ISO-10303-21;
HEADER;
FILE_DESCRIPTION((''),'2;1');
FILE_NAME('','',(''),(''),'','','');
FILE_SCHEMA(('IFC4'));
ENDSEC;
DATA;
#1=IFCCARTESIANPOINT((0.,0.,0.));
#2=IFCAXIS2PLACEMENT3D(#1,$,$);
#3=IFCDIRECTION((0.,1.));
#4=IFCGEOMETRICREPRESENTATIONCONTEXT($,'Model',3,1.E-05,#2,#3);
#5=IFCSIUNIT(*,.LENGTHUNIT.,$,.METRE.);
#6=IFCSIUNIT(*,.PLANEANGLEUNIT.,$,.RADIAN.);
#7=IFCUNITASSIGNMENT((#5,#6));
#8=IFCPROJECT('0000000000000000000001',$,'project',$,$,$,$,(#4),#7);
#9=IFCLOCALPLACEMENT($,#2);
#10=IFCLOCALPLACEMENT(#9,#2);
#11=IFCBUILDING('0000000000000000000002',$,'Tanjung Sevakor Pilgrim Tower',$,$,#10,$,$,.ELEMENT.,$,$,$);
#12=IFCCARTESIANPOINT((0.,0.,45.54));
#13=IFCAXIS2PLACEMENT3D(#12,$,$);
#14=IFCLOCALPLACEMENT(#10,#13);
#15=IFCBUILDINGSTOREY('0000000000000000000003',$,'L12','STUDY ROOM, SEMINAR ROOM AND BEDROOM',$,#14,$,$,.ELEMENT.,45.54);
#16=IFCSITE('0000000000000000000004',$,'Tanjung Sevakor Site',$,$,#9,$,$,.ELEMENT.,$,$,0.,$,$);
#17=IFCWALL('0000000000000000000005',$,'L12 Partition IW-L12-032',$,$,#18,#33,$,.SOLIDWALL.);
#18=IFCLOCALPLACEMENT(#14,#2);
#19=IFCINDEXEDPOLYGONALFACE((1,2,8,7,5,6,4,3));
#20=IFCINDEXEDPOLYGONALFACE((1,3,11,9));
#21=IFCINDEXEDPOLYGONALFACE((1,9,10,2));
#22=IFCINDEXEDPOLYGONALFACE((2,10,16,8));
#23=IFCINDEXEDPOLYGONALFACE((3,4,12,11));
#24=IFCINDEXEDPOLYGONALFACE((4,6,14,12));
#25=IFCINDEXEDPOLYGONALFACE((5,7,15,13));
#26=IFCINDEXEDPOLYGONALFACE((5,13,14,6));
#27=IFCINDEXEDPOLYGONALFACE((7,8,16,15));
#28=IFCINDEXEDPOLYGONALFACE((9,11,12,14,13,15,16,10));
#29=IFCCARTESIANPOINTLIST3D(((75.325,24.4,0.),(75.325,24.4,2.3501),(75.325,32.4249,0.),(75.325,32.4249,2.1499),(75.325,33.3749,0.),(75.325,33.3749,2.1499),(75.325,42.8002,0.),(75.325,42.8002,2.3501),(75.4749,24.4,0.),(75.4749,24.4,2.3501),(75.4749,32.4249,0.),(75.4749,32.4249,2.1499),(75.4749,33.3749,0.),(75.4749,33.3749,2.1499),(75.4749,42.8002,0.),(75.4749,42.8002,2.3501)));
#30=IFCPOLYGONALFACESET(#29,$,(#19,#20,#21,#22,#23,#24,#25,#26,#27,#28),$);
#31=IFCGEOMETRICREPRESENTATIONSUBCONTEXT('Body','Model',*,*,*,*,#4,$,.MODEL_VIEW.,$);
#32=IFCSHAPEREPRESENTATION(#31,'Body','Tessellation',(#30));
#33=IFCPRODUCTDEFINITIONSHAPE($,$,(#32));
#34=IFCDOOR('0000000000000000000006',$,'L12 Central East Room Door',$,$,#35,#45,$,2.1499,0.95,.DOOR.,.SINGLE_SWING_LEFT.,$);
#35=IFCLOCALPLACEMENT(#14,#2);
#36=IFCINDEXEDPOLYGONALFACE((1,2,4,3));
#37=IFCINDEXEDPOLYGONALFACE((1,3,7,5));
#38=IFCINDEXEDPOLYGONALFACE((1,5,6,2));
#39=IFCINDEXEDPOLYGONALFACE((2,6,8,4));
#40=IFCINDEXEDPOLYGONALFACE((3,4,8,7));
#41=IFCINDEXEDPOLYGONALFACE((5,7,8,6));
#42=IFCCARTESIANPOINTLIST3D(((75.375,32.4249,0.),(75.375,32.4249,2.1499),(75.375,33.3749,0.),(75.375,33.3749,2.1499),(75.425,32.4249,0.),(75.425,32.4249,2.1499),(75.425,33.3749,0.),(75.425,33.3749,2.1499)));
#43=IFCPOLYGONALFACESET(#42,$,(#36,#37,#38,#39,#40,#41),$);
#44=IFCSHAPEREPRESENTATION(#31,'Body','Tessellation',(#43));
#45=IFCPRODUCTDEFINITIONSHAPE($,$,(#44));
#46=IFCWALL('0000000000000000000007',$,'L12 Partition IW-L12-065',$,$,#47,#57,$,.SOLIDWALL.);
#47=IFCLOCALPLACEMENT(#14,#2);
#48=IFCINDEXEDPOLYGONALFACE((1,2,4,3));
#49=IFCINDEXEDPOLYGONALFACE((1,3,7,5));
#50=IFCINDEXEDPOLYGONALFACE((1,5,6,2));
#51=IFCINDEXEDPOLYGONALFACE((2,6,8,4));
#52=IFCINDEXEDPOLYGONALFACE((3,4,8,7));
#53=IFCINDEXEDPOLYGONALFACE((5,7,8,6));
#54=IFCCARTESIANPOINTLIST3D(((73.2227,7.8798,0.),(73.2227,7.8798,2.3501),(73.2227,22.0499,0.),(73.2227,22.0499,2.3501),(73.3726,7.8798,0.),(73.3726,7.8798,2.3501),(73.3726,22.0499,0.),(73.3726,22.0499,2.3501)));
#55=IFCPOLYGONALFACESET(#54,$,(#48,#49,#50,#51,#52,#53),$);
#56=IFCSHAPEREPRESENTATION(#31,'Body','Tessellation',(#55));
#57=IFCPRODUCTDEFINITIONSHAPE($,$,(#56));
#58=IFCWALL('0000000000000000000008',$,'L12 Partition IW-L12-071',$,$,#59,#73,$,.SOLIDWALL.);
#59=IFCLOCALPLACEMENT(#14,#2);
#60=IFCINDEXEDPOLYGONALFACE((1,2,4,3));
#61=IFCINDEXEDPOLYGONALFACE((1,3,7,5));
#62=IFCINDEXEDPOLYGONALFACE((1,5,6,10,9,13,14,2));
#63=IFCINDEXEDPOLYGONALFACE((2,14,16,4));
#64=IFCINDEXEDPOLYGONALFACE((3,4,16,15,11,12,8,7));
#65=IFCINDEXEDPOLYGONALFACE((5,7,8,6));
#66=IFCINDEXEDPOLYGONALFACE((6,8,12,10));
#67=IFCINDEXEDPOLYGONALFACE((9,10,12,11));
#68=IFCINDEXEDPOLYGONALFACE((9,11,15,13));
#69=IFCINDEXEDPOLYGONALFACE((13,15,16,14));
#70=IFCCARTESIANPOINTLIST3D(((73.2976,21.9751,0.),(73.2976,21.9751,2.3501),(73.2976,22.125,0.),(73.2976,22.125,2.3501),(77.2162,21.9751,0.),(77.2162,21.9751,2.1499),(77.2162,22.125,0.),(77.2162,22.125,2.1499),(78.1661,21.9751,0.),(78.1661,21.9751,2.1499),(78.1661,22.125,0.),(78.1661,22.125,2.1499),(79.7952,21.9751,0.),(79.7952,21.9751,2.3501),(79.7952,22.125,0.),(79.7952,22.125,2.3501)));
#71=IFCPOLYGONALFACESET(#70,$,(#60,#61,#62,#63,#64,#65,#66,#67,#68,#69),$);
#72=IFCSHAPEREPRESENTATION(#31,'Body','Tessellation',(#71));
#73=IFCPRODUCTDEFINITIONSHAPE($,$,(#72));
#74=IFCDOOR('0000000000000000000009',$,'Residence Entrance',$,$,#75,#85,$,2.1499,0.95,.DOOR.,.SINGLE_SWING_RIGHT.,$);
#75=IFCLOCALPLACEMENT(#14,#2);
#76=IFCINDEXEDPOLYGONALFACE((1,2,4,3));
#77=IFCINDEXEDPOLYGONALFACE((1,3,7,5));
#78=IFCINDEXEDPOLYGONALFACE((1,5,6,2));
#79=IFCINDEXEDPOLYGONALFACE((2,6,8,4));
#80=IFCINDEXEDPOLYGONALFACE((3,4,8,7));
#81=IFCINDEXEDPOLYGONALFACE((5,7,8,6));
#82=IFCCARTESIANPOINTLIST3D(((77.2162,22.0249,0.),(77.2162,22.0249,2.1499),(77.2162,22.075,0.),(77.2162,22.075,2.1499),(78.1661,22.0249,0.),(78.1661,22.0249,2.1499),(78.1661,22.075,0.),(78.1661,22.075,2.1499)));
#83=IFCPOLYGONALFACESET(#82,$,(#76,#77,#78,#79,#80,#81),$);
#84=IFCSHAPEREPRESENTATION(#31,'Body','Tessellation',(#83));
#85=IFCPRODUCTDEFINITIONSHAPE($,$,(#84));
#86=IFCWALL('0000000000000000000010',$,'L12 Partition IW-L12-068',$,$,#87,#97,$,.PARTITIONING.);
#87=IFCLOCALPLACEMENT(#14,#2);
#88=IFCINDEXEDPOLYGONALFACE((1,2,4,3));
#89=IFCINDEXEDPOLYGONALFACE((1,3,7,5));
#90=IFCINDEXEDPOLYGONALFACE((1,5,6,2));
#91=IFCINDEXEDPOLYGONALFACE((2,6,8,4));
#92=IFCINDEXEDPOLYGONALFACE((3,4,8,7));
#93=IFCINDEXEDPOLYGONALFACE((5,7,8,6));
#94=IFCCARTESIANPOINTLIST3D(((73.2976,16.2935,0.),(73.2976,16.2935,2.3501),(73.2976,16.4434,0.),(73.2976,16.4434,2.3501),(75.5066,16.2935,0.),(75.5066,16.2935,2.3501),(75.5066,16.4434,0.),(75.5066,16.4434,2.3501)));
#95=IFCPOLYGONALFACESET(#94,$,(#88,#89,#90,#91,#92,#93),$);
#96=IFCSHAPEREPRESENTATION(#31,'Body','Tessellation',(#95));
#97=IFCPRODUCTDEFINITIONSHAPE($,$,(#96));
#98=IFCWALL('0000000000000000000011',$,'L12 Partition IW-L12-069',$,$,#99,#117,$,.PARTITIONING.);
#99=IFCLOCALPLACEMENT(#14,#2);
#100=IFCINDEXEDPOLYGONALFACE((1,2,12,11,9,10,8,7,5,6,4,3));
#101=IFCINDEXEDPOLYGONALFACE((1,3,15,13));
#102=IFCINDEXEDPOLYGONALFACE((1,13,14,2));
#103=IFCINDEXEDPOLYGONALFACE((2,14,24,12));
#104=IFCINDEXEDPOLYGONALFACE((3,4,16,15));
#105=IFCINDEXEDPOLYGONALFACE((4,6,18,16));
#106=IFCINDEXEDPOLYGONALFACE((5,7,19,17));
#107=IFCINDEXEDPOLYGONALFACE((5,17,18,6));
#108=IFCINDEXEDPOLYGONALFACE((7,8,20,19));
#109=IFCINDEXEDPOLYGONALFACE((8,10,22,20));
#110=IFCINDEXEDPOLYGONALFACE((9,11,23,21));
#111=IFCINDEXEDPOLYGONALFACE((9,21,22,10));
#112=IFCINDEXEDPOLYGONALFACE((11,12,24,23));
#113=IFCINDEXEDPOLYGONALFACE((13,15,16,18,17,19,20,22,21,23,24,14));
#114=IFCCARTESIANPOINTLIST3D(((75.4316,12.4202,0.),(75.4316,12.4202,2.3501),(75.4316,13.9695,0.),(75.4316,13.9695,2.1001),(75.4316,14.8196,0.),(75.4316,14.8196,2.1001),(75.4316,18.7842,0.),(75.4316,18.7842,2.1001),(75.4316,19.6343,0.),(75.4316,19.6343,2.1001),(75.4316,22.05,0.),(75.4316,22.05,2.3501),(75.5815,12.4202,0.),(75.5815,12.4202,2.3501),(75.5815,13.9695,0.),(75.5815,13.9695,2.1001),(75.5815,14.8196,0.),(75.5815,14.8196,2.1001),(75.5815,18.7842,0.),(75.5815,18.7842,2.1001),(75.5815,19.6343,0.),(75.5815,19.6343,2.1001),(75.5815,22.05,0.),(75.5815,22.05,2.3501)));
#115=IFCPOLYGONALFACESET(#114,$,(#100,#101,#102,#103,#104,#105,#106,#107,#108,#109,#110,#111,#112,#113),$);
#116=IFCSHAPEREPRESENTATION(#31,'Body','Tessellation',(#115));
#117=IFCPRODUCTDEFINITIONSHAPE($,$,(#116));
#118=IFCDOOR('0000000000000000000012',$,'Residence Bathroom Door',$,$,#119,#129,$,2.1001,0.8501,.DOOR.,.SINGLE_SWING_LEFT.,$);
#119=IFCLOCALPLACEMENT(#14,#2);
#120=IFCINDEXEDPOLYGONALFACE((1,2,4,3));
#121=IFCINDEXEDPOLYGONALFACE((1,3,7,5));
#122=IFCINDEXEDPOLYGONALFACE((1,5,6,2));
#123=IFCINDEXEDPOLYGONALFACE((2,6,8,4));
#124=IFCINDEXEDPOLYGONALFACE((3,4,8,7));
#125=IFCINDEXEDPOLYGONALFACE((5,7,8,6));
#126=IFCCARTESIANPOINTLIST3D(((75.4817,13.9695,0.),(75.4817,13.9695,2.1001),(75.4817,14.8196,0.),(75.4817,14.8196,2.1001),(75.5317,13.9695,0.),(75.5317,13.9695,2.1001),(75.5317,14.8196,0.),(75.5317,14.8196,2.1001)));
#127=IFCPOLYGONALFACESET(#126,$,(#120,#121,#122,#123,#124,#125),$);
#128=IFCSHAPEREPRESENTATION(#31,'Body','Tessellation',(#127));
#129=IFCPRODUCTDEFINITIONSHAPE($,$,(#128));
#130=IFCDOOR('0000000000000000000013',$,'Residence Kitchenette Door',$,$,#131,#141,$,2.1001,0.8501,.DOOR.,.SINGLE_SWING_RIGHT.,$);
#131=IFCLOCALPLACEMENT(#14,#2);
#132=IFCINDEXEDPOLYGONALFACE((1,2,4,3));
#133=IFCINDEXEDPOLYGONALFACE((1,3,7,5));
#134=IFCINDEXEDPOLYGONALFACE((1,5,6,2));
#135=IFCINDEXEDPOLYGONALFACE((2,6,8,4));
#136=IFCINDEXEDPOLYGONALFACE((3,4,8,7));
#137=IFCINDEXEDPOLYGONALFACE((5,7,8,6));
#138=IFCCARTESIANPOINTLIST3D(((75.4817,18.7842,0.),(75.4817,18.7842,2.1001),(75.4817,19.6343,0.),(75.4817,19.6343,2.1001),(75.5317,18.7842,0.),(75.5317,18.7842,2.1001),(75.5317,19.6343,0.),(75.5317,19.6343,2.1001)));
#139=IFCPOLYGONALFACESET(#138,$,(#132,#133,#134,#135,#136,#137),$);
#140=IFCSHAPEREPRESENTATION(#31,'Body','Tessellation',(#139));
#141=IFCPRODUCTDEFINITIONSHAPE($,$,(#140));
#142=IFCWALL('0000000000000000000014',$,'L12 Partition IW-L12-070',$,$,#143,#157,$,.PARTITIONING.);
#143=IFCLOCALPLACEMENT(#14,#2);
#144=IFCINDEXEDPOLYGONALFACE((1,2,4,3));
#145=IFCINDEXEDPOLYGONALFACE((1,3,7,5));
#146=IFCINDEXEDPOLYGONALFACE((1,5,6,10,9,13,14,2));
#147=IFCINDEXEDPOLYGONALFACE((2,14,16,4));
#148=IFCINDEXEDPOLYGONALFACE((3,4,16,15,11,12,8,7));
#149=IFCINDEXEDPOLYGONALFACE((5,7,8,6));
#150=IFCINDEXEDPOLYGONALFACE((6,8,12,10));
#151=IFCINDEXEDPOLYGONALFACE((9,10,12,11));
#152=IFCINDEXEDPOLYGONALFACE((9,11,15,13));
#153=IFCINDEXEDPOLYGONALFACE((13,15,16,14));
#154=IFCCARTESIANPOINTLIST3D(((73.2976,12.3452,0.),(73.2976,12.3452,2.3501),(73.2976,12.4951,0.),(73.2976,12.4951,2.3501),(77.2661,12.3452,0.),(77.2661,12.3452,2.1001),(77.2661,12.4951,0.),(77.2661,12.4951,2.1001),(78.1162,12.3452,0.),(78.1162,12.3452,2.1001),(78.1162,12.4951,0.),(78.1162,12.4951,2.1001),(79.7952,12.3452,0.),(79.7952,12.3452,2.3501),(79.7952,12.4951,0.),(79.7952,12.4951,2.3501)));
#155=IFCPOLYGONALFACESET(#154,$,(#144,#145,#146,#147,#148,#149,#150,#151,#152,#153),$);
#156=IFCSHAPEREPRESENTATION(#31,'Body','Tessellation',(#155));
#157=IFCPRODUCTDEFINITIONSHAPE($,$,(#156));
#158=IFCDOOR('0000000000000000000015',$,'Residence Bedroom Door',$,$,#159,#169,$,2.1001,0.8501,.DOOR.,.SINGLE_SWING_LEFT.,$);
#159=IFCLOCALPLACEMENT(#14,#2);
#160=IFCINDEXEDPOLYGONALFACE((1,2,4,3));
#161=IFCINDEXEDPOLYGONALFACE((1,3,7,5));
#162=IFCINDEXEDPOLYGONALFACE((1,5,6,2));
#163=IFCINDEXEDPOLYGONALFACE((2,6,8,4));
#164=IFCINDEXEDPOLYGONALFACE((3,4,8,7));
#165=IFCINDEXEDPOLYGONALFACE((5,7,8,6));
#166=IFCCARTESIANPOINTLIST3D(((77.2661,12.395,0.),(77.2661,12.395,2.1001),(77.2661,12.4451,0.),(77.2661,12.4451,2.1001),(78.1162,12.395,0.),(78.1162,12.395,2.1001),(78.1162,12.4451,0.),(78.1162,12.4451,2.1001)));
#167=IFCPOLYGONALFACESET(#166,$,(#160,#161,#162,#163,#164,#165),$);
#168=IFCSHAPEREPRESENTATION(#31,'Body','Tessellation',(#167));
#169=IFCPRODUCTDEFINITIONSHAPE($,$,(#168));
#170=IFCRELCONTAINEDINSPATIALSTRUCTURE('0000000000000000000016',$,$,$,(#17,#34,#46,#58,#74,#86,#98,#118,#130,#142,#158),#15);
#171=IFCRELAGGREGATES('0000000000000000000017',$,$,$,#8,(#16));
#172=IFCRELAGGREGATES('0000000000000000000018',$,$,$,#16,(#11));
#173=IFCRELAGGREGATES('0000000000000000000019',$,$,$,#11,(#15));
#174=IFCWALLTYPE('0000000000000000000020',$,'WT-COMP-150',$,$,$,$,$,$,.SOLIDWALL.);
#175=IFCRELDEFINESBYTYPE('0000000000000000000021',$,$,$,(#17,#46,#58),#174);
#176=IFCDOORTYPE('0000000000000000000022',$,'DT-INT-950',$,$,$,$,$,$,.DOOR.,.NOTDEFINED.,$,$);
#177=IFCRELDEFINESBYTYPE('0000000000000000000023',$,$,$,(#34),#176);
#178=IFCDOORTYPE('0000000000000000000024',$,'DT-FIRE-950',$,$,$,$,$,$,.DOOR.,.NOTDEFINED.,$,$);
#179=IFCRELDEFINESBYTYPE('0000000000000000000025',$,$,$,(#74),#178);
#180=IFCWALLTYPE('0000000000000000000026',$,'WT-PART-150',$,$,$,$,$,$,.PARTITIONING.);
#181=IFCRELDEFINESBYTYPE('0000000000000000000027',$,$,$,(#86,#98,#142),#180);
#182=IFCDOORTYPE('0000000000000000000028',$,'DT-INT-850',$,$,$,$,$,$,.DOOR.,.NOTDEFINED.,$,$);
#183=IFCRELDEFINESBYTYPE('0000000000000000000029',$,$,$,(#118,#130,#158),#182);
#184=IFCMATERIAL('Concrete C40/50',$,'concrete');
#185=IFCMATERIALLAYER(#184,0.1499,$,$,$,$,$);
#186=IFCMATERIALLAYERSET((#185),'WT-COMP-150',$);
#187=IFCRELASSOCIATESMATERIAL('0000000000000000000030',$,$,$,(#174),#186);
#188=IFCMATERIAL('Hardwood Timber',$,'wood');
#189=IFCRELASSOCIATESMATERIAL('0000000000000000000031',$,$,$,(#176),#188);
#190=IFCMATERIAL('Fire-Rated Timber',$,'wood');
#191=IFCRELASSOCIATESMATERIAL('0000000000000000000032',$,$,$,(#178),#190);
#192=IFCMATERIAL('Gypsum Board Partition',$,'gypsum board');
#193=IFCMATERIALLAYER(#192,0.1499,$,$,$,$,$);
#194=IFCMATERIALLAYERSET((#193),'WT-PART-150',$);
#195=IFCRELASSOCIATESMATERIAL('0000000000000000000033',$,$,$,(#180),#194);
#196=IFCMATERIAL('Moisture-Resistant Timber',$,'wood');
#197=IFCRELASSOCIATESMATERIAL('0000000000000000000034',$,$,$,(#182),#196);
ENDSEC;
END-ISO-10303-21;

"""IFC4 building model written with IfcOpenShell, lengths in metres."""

from ifc_helpers import new_model, si_unit, direction, frame, frame_2d, origin, place, context, subcontext, project, spatial, rectangle, extrude, material, layer, layer_set, type_object, element, fill, save


model = new_model("IFC4")

# Units and contexts
model_context = context("Model", 3, precision=1e-05, world=origin(), true_north=direction((0.0, 1.0)))
body_context = subcontext(model_context, "Body", "Model", "MODEL_VIEW")
ifc_project = project(units=[si_unit("LENGTHUNIT", "METRE"), si_unit("PLANEANGLEUNIT", "RADIAN")], contexts=[model_context])

# Site, building, storey
site_placement = place(None, origin())
site = spatial("IfcSite", under=ifc_project, at=site_placement, Name="Tanjung Sevakor Site", CompositionType="ELEMENT", RefElevation=0.0)
building_placement = place(site_placement, origin())
building = spatial("IfcBuilding", under=site, at=building_placement, Name="Tanjung Sevakor Pilgrim Tower", CompositionType="ELEMENT")
storey_placement = place(building_placement, frame((0.0, 0.0, 45.54)))
storey = spatial("IfcBuildingStorey", under=building, at=storey_placement, Name="L12", Description="STUDY ROOM, SEMINAR ROOM AND BEDROOM", CompositionType="ELEMENT", Elevation=45.54)

# Shared definitions
ifc_material_1 = material(Name="Concrete C40/50", Category="concrete")
ifc_layer_1 = layer(ifc_material_1, 0.1499)
ifc_layer_set_1 = layer_set([ifc_layer_1], Name="WT-COMP-150")
wall_type_1 = type_object("IfcWallType", Name="WT-COMP-150", PredefinedType="SOLIDWALL", material=ifc_layer_set_1)

# Wall, opening, door
wall_1_placement = place(storey_placement, frame((75.3999, 24.3999, 0.0), z_axis=(0.0, 0.0, 1.0), x_axis=(0.0, 1.0, 0.0)))
wall_1 = element("IfcWall", 1, at=wall_1_placement, inside=storey, type_object=wall_type_1, Name="L12 Partition IW-L12-032", PredefinedType="SOLIDWALL", context=body_context, shape_type="SweptSolid", body=[
    extrude(rectangle(XDim=18.4001, YDim=0.1499, at=frame_2d((9.2002, 0.0))), origin(), (0.0, 0.0, 1.0), 2.3501),
])
opening_1_placement = place(wall_1_placement, frame((8.0249, 0.0, 0.0)))
opening_1 = element("IfcOpeningElement", 2, at=opening_1_placement, cuts=wall_1, PredefinedType="OPENING", context=body_context, shape_type="SweptSolid", body=[
    extrude(rectangle(XDim=0.95, YDim=2.1499, at=frame_2d((0.4751, 1.075))), frame((0.0, 0.085, 0.0), z_axis=(0.0, -1.0, 0.0), x_axis=(1.0, 0.0, 0.0)), (0.0, 0.0, 1.0), 0.1699),
])
ifc_material_2 = material(Name="Hardwood Timber", Category="wood")
door_type_1 = type_object("IfcDoorType", Name="DT-INT-950", OperationType="NOTDEFINED", PredefinedType="DOOR", material=ifc_material_2)
door_1_placement = place(opening_1_placement, origin())
door_1 = element("IfcDoor", 3, at=door_1_placement, inside=storey, type_object=door_type_1, Name="L12 Central East Room Door", OperationType="SINGLE_SWING_LEFT", OverallHeight=2.1499, OverallWidth=0.95, PredefinedType="DOOR", context=body_context, shape_type="SweptSolid", body=[
    extrude(rectangle(XDim=0.95, YDim=2.1499, at=frame_2d((0.4751, 1.075))), frame((0.0, 0.0249, 0.0), z_axis=(0.0, -1.0, 0.0), x_axis=(1.0, 0.0, 0.0)), (0.0, 0.0, 1.0), 0.05),
])
fill(opening_1, door_1)

# Wall
wall_2_placement = place(storey_placement, frame((73.2976, 7.8799, 0.0), z_axis=(0.0, 0.0, 1.0), x_axis=(0.0, 1.0, 0.0)))
element("IfcWall", 4, at=wall_2_placement, inside=storey, type_object=wall_type_1, Name="L12 Partition IW-L12-065", PredefinedType="SOLIDWALL", context=body_context, shape_type="SweptSolid", body=[
    extrude(rectangle(XDim=14.1702, YDim=0.1499, at=frame_2d((7.085, 0.0))), origin(), (0.0, 0.0, 1.0), 2.3501),
])

# Wall, opening, door
wall_3_placement = place(storey_placement, frame((73.2976, 22.05, 0.0), z_axis=(0.0, 0.0, 1.0), x_axis=(1.0, 0.0, 0.0)))
wall_3 = element("IfcWall", 5, at=wall_3_placement, inside=storey, type_object=wall_type_1, Name="L12 Partition IW-L12-071", PredefinedType="SOLIDWALL", context=body_context, shape_type="SweptSolid", body=[
    extrude(rectangle(XDim=6.4976, YDim=0.1499, at=frame_2d((3.2488, 0.0))), origin(), (0.0, 0.0, 1.0), 2.3501),
])
opening_2_placement = place(wall_3_placement, frame((3.9185, 0.0, 0.0)))
opening_2 = element("IfcOpeningElement", 6, at=opening_2_placement, cuts=wall_3, PredefinedType="OPENING", context=body_context, shape_type="SweptSolid", body=[
    extrude(rectangle(XDim=0.95, YDim=2.1499, at=frame_2d((0.4751, 1.075))), frame((0.0, 0.085, 0.0), z_axis=(0.0, -1.0, 0.0), x_axis=(1.0, 0.0, 0.0)), (0.0, 0.0, 1.0), 0.1699),
])
ifc_material_3 = material(Name="Fire-Rated Timber", Category="wood")
door_type_2 = type_object("IfcDoorType", Name="DT-FIRE-950", OperationType="NOTDEFINED", PredefinedType="DOOR", material=ifc_material_3)
door_2_placement = place(opening_2_placement, origin())
door_2 = element("IfcDoor", 7, at=door_2_placement, inside=storey, type_object=door_type_2, Name="Residence Entrance", OperationType="SINGLE_SWING_RIGHT", OverallHeight=2.1499, OverallWidth=0.95, PredefinedType="DOOR", context=body_context, shape_type="SweptSolid", body=[
    extrude(rectangle(XDim=0.95, YDim=2.1499, at=frame_2d((0.4751, 1.075))), frame((0.0, 0.0249, 0.0), z_axis=(0.0, -1.0, 0.0), x_axis=(1.0, 0.0, 0.0)), (0.0, 0.0, 1.0), 0.05),
])
fill(opening_2, door_2)

# Wall
ifc_material_4 = material(Name="Gypsum Board Partition", Category="gypsum board")
ifc_layer_2 = layer(ifc_material_4, 0.1499)
ifc_layer_set_2 = layer_set([ifc_layer_2], Name="WT-PART-150")
wall_type_2 = type_object("IfcWallType", Name="WT-PART-150", PredefinedType="PARTITIONING", material=ifc_layer_set_2)
wall_4_placement = place(storey_placement, frame((73.2976, 16.3684, 0.0), z_axis=(0.0, 0.0, 1.0), x_axis=(1.0, 0.0, 0.0)))
element("IfcWall", 8, at=wall_4_placement, inside=storey, type_object=wall_type_2, Name="L12 Partition IW-L12-068", PredefinedType="PARTITIONING", context=body_context, shape_type="SweptSolid", body=[
    extrude(rectangle(XDim=2.209, YDim=0.1499, at=frame_2d((1.1045, 0.0))), origin(), (0.0, 0.0, 1.0), 2.3501),
])

# Wall, openings, doors
wall_5_placement = place(storey_placement, frame((75.5066, 12.4202, 0.0), z_axis=(0.0, 0.0, 1.0), x_axis=(0.0, 1.0, 0.0)))
wall_5 = element("IfcWall", 9, at=wall_5_placement, inside=storey, type_object=wall_type_2, Name="L12 Partition IW-L12-069", PredefinedType="PARTITIONING", context=body_context, shape_type="SweptSolid", body=[
    extrude(rectangle(XDim=9.6299, YDim=0.1499, at=frame_2d((4.8149, 0.0))), origin(), (0.0, 0.0, 1.0), 2.3501),
])
opening_3_placement = place(wall_5_placement, frame((1.5493, 0.0, 0.0)))
opening_3 = element("IfcOpeningElement", 10, at=opening_3_placement, cuts=wall_5, PredefinedType="OPENING", context=body_context, shape_type="SweptSolid", body=[
    extrude(rectangle(XDim=0.8501, YDim=2.1001, at=frame_2d((0.425, 1.05))), frame((0.0, 0.085, 0.0), z_axis=(0.0, -1.0, 0.0), x_axis=(1.0, 0.0, 0.0)), (0.0, 0.0, 1.0), 0.1699),
])
opening_4_placement = place(wall_5_placement, frame((6.364, 0.0, 0.0)))
opening_4 = element("IfcOpeningElement", 11, at=opening_4_placement, cuts=wall_5, PredefinedType="OPENING", context=body_context, shape_type="SweptSolid", body=[
    extrude(rectangle(XDim=0.8501, YDim=2.1001, at=frame_2d((0.425, 1.05))), frame((0.0, 0.085, 0.0), z_axis=(0.0, -1.0, 0.0), x_axis=(1.0, 0.0, 0.0)), (0.0, 0.0, 1.0), 0.1699),
])
ifc_material_5 = material(Name="Moisture-Resistant Timber", Category="wood")
door_type_3 = type_object("IfcDoorType", Name="DT-INT-850", OperationType="NOTDEFINED", PredefinedType="DOOR", material=ifc_material_5)
door_3_placement = place(opening_3_placement, origin())
door_3 = element("IfcDoor", 12, at=door_3_placement, inside=storey, type_object=door_type_3, Name="Residence Bathroom Door", OperationType="SINGLE_SWING_LEFT", OverallHeight=2.1001, OverallWidth=0.8501, PredefinedType="DOOR", context=body_context, shape_type="SweptSolid", body=[
    extrude(rectangle(XDim=0.8501, YDim=2.1001, at=frame_2d((0.425, 1.05))), frame((0.0, 0.0249, 0.0), z_axis=(0.0, -1.0, 0.0), x_axis=(1.0, 0.0, 0.0)), (0.0, 0.0, 1.0), 0.05),
])
fill(opening_3, door_3)
door_4_placement = place(opening_4_placement, origin())
door_4 = element("IfcDoor", 13, at=door_4_placement, inside=storey, type_object=door_type_3, Name="Residence Kitchenette Door", OperationType="SINGLE_SWING_RIGHT", OverallHeight=2.1001, OverallWidth=0.8501, PredefinedType="DOOR", context=body_context, shape_type="SweptSolid", body=[
    extrude(rectangle(XDim=0.8501, YDim=2.1001, at=frame_2d((0.425, 1.05))), frame((0.0, 0.0249, 0.0), z_axis=(0.0, -1.0, 0.0), x_axis=(1.0, 0.0, 0.0)), (0.0, 0.0, 1.0), 0.05),
])
fill(opening_4, door_4)

# Wall, opening, door
wall_6_placement = place(storey_placement, frame((73.2976, 12.4202, 0.0), z_axis=(0.0, 0.0, 1.0), x_axis=(1.0, 0.0, 0.0)))
wall_6 = element("IfcWall", 14, at=wall_6_placement, inside=storey, type_object=wall_type_2, Name="L12 Partition IW-L12-070", PredefinedType="PARTITIONING", context=body_context, shape_type="SweptSolid", body=[
    extrude(rectangle(XDim=6.4976, YDim=0.1499, at=frame_2d((3.2488, 0.0))), origin(), (0.0, 0.0, 1.0), 2.3501),
])
opening_5_placement = place(wall_6_placement, frame((3.9685, 0.0, 0.0)))
opening_5 = element("IfcOpeningElement", 15, at=opening_5_placement, cuts=wall_6, PredefinedType="OPENING", context=body_context, shape_type="SweptSolid", body=[
    extrude(rectangle(XDim=0.8501, YDim=2.1001, at=frame_2d((0.425, 1.05))), frame((0.0, 0.085, 0.0), z_axis=(0.0, -1.0, 0.0), x_axis=(1.0, 0.0, 0.0)), (0.0, 0.0, 1.0), 0.1699),
])
door_5_placement = place(opening_5_placement, origin())
door_5 = element("IfcDoor", 16, at=door_5_placement, inside=storey, type_object=door_type_3, Name="Residence Bedroom Door", OperationType="SINGLE_SWING_LEFT", OverallHeight=2.1001, OverallWidth=0.8501, PredefinedType="DOOR", context=body_context, shape_type="SweptSolid", body=[
    extrude(rectangle(XDim=0.8501, YDim=2.1001, at=frame_2d((0.425, 1.05))), frame((0.0, 0.0249, 0.0), z_axis=(0.0, -1.0, 0.0), x_axis=(1.0, 0.0, 0.0)), (0.0, 0.0, 1.0), 0.05),
])
fill(opening_5, door_5)

save(model, "model.ifc")
